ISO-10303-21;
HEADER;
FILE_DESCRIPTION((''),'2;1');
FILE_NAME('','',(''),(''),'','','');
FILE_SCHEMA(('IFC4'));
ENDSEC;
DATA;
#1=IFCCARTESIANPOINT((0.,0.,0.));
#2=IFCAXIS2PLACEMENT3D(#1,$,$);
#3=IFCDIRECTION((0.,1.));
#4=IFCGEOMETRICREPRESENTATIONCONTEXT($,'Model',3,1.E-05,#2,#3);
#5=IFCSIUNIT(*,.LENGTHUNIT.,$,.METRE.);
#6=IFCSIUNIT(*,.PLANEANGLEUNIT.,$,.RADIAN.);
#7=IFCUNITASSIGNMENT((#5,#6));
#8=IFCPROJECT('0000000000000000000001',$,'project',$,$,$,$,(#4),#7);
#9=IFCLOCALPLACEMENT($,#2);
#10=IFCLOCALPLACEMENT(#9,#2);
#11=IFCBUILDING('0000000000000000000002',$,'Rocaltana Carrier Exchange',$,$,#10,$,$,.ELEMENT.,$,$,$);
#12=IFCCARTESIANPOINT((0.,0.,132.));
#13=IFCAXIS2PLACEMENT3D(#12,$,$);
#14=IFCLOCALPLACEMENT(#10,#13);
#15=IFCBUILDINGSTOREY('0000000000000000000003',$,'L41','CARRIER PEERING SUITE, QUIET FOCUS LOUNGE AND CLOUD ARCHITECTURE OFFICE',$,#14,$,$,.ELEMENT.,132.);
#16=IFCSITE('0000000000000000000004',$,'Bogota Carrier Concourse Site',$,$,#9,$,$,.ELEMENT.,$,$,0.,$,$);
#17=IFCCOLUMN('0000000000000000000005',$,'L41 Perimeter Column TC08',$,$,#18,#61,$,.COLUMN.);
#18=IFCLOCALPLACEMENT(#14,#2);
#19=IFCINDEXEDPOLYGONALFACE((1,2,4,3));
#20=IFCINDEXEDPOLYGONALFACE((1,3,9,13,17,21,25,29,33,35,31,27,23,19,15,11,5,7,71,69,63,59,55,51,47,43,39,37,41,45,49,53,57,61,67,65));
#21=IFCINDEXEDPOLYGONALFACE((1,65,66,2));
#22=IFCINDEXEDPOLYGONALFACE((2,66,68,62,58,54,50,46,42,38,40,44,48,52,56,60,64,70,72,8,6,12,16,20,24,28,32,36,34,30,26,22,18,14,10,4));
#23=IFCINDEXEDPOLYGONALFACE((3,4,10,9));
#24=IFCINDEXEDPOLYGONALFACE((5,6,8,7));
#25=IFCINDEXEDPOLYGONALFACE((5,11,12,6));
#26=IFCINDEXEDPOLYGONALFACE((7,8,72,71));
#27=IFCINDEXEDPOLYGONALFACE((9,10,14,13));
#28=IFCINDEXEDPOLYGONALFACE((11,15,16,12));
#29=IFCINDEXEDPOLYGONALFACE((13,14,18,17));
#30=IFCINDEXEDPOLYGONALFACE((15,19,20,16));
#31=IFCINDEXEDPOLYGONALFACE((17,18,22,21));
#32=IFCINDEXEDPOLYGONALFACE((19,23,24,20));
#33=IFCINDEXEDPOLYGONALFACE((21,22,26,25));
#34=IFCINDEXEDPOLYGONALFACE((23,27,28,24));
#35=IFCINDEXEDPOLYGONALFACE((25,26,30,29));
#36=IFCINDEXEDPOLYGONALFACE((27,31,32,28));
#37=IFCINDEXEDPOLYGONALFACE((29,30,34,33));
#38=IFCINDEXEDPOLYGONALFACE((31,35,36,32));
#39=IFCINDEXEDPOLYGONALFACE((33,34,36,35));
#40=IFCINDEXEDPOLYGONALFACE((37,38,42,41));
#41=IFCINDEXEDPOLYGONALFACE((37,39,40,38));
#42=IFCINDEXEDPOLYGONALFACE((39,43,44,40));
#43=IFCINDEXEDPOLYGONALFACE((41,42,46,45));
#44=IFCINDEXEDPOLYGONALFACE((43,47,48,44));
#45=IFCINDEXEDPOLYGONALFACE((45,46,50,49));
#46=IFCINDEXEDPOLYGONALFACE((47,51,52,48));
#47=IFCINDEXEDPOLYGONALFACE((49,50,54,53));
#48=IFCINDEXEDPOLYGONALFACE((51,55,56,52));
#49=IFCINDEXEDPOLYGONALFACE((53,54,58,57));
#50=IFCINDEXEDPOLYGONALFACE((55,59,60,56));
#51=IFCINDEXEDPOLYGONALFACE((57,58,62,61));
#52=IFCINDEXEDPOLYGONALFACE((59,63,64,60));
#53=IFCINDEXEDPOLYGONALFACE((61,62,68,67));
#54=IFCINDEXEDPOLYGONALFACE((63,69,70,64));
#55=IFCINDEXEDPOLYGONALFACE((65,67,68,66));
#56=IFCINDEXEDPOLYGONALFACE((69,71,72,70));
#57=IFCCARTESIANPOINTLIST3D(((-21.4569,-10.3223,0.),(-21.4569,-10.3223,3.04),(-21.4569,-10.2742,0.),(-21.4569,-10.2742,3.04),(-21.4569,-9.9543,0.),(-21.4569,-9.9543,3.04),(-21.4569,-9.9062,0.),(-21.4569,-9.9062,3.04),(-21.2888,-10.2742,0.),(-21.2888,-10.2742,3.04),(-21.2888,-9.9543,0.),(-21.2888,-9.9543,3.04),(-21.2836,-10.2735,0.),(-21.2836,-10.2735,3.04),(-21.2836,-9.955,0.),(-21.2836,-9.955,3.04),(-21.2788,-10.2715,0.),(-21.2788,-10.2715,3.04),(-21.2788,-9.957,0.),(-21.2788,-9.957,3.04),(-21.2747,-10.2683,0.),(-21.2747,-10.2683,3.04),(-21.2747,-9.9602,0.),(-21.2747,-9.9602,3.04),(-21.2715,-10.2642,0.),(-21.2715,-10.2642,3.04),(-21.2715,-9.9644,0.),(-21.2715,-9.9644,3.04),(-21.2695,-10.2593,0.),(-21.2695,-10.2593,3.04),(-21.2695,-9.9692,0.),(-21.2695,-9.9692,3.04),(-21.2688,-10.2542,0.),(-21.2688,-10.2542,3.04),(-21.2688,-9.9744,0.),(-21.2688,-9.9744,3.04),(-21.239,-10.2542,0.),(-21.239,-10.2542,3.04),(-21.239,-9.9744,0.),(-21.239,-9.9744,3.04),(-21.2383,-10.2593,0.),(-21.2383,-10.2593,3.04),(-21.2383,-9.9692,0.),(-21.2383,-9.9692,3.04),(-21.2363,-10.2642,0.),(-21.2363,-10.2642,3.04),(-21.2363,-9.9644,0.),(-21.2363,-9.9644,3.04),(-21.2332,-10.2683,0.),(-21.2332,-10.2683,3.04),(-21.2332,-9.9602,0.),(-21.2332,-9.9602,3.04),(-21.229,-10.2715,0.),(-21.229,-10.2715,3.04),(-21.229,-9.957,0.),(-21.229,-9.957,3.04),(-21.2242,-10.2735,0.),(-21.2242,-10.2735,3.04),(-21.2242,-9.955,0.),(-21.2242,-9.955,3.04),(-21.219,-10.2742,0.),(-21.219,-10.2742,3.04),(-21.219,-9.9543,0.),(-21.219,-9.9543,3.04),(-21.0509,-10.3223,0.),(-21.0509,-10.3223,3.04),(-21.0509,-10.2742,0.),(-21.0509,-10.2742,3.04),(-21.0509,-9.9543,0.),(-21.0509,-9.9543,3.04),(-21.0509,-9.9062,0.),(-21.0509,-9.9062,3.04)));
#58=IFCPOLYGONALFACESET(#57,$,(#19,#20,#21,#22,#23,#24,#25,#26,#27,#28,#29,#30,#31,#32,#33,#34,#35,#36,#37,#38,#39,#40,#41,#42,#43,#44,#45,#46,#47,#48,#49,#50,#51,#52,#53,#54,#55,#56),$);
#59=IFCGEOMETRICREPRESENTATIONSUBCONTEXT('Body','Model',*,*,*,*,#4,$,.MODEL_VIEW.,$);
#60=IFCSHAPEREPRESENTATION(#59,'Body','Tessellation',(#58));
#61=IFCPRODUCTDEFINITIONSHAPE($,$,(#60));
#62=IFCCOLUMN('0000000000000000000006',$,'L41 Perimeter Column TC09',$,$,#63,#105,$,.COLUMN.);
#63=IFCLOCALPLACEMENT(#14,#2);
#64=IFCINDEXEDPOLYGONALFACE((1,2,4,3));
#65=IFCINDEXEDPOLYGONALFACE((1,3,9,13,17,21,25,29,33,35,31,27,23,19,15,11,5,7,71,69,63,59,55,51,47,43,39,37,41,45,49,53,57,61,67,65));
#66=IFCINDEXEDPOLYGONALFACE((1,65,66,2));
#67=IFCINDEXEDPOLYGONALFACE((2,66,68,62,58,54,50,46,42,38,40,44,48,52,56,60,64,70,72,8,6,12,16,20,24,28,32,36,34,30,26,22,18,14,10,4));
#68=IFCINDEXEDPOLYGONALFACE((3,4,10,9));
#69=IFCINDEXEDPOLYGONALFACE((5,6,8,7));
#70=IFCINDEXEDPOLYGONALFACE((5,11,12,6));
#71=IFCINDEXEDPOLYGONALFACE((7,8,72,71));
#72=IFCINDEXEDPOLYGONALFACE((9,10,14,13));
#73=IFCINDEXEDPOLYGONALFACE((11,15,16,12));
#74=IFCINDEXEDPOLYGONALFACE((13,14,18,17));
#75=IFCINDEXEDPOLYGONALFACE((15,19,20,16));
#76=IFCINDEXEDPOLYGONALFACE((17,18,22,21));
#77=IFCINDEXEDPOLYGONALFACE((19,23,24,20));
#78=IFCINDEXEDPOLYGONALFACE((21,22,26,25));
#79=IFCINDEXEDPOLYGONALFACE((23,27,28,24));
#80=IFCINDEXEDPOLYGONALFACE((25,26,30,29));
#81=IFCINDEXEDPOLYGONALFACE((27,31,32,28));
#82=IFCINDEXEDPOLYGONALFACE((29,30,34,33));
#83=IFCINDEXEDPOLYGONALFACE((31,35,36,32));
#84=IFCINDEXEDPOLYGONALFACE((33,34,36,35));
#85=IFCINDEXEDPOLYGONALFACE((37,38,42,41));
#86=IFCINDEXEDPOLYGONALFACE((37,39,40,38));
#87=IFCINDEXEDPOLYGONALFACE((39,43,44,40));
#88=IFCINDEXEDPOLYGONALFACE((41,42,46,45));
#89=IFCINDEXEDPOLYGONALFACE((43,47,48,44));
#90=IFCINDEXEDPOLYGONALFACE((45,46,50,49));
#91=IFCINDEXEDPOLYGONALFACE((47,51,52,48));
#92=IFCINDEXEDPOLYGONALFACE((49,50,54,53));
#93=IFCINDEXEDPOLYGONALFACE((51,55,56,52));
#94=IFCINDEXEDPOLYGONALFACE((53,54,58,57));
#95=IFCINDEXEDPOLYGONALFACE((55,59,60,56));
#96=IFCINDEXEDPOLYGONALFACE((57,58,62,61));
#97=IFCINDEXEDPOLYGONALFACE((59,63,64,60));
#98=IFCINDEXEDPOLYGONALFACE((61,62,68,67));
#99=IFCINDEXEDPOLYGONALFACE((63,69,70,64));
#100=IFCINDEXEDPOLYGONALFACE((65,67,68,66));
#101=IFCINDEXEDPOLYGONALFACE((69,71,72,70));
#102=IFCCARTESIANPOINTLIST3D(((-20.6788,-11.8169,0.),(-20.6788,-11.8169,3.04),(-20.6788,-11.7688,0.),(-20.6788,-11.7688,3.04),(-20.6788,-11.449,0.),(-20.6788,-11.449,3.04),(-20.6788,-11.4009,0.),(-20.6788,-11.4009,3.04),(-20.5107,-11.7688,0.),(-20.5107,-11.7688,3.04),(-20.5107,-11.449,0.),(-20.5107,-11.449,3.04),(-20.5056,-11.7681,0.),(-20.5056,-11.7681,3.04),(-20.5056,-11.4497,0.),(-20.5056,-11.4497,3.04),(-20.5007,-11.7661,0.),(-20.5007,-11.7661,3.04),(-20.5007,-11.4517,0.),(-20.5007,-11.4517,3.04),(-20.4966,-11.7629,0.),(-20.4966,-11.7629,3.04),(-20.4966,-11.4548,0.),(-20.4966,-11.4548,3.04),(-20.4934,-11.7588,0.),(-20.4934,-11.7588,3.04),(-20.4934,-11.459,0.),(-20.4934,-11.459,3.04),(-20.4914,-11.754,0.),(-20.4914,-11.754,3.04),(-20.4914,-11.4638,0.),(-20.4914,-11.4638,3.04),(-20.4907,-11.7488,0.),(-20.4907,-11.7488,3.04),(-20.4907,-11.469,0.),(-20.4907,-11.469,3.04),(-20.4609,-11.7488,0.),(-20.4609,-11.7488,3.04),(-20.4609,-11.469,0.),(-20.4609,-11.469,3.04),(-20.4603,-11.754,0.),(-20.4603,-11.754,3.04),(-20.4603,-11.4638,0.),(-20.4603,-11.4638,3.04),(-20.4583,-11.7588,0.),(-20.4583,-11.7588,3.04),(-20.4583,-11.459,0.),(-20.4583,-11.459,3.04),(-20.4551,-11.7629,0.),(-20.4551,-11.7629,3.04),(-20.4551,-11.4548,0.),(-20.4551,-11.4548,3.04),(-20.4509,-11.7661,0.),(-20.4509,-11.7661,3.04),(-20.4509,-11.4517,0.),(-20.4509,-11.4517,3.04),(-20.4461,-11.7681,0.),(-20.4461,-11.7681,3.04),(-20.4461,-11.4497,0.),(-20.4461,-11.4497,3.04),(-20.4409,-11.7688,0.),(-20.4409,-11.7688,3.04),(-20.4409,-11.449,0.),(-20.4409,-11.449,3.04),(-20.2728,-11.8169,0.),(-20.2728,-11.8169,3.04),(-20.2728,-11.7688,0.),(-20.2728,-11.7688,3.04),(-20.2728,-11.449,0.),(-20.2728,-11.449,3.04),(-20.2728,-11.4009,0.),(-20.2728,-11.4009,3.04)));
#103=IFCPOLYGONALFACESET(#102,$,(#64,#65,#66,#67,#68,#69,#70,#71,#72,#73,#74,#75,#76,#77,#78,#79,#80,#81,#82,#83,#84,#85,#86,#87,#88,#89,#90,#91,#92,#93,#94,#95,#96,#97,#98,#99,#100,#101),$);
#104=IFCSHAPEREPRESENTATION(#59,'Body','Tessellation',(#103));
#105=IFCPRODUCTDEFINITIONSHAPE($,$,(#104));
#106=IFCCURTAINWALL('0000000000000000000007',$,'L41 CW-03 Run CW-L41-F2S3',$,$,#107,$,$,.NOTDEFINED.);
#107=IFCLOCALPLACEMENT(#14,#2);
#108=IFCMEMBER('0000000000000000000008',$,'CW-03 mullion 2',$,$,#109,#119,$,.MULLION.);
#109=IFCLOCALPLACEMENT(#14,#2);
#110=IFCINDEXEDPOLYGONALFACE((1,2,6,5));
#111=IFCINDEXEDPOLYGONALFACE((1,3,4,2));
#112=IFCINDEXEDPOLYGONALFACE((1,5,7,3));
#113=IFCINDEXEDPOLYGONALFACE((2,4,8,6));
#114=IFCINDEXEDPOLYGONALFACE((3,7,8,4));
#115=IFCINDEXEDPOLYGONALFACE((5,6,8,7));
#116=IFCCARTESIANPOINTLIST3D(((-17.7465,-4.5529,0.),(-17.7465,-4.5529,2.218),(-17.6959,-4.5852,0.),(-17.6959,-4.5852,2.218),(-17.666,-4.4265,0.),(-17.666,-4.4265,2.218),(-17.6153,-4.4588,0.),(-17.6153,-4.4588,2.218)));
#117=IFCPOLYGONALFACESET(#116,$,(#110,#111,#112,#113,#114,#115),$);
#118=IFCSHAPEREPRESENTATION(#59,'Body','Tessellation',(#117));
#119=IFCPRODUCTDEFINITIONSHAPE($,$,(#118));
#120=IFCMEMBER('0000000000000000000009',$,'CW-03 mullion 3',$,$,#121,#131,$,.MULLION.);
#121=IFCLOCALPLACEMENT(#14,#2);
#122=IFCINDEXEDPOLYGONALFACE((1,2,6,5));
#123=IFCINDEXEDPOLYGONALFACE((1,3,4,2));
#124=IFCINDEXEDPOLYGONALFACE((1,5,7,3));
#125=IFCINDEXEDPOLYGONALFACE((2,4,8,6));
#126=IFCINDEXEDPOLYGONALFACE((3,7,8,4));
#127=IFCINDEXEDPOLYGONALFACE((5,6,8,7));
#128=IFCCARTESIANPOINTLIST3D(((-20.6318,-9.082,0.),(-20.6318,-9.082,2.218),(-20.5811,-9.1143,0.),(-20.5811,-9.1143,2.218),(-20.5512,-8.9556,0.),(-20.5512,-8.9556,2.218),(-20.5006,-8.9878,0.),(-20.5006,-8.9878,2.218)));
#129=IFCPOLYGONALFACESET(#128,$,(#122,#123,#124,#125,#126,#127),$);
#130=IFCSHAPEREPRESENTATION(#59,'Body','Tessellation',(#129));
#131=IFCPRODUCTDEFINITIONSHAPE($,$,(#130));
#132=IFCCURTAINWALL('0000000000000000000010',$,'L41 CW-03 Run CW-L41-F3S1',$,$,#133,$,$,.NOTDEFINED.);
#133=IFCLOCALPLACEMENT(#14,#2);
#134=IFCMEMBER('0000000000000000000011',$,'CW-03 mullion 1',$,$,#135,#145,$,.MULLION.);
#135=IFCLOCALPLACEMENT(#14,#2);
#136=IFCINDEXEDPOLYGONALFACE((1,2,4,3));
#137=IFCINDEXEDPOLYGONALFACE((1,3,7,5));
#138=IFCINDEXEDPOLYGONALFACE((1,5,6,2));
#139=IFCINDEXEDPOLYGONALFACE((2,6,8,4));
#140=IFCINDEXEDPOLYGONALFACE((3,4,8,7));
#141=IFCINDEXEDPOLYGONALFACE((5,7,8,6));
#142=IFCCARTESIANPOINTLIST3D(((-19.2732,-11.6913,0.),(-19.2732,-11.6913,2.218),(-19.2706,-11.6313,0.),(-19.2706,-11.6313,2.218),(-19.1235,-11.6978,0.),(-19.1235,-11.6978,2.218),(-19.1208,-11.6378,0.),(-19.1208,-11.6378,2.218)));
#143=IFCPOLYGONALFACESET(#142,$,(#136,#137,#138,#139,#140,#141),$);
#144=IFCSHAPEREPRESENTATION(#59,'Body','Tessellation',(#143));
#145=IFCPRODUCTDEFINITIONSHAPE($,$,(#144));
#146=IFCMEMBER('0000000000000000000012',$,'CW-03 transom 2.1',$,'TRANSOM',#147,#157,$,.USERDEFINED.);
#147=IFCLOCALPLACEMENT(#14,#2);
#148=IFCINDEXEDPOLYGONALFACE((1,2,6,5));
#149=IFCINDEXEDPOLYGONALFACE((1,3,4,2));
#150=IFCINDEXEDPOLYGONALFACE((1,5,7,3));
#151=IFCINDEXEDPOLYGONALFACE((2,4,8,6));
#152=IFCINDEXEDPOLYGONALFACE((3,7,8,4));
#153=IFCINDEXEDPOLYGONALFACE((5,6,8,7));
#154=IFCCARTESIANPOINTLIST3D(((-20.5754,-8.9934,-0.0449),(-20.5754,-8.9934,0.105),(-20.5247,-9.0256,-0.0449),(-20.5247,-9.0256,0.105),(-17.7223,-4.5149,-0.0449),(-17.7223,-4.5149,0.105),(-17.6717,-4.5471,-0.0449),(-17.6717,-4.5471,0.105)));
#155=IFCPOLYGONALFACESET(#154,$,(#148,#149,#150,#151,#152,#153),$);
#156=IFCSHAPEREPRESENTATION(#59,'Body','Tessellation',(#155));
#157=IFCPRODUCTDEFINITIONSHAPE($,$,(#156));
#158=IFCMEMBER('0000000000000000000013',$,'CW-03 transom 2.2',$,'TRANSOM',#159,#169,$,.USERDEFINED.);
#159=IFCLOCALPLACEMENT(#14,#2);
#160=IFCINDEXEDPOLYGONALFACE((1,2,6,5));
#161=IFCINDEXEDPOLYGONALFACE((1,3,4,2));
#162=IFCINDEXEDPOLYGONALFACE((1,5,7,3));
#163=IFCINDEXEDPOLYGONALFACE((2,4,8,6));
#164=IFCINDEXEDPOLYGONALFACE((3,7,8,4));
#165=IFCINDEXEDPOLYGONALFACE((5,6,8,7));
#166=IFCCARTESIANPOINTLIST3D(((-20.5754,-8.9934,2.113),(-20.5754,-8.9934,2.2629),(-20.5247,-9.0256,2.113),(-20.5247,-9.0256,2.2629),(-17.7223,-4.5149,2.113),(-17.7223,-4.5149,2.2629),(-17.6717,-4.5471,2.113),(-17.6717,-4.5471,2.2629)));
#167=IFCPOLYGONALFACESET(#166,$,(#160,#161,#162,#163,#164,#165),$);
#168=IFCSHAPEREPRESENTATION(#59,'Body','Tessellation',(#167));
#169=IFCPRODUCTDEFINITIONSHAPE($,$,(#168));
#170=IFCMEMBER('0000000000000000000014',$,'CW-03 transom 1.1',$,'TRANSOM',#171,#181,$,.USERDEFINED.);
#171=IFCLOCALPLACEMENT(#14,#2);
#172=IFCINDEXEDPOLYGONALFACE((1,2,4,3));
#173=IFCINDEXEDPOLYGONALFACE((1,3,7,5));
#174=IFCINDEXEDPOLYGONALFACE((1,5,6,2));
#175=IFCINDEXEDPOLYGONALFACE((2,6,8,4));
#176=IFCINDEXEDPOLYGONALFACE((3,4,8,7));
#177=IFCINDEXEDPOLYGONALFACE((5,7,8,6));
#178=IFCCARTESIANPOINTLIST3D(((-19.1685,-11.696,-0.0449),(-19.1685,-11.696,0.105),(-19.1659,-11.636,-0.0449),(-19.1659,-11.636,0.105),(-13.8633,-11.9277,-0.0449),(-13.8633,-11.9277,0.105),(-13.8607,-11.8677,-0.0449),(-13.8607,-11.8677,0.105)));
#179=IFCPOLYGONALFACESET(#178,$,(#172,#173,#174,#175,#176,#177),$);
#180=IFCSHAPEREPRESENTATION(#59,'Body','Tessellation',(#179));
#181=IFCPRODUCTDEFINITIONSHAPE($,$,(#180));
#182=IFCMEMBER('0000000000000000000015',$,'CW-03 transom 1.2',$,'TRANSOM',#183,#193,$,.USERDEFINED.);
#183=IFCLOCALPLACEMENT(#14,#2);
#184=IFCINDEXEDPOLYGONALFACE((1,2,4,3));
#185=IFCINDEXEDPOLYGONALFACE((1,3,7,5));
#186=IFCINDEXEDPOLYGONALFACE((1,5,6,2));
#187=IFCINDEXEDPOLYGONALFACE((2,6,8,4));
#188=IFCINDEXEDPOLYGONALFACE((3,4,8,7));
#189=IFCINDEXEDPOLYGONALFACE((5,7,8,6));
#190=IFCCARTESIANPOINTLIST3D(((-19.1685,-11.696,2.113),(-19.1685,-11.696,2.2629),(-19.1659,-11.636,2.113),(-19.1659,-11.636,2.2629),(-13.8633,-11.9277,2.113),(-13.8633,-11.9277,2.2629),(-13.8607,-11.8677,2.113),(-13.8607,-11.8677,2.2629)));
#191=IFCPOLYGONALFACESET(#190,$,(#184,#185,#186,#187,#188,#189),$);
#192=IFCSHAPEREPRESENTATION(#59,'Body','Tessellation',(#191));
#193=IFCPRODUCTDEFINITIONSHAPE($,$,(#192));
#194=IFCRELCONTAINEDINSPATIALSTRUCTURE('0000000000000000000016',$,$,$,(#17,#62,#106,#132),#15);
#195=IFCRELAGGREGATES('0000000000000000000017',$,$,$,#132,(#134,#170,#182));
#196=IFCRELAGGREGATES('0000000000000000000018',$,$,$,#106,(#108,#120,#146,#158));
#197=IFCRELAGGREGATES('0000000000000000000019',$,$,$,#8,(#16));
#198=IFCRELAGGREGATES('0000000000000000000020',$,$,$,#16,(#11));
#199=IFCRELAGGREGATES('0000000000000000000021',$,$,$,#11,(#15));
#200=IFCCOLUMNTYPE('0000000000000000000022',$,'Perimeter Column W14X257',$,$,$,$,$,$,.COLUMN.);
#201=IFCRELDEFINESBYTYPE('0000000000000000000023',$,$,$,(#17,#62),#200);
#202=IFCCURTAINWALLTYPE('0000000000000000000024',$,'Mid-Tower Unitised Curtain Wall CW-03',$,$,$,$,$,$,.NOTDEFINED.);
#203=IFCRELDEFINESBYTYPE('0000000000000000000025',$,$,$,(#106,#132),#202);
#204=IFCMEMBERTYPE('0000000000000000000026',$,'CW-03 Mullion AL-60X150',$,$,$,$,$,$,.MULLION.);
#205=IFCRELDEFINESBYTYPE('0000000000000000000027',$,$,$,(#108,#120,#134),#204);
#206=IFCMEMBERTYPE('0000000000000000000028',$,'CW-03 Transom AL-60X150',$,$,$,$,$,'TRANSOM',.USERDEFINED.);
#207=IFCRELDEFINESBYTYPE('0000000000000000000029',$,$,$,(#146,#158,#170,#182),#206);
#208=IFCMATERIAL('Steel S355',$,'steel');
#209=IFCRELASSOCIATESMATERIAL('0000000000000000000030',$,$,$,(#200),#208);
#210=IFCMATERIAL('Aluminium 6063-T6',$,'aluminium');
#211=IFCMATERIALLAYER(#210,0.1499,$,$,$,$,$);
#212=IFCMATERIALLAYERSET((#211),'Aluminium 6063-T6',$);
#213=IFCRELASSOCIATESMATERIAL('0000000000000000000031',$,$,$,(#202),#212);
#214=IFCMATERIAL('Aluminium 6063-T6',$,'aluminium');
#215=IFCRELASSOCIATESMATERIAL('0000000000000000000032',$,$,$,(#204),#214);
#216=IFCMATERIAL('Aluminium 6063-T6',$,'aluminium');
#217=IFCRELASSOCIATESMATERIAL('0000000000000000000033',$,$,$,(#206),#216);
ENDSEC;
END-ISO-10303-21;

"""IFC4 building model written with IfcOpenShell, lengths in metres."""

from ifc_helpers import new_model, si_unit, direction, frame, origin, origin_2d, place, context, subcontext, project, spatial, rectangle, i_section, extrude, material, layer, layer_set, material_profile, profile_set, type_object, element, aggregate, save


model = new_model("IFC4")

# Units and contexts
model_context = context("Model", 3, precision=1e-05, world=origin(), true_north=direction((0.0, 1.0)))
body_context = subcontext(model_context, "Body", "Model", "MODEL_VIEW")
ifc_project = project(units=[si_unit("LENGTHUNIT", "METRE"), si_unit("PLANEANGLEUNIT", "RADIAN")], contexts=[model_context])

# Site, building, storey
site_placement = place(None, origin())
site = spatial("IfcSite", under=ifc_project, at=site_placement, Name="Bogota Carrier Concourse Site", CompositionType="ELEMENT", RefElevation=0.0)
building_placement = place(site_placement, origin())
building = spatial("IfcBuilding", under=site, at=building_placement, Name="Rocaltana Carrier Exchange", CompositionType="ELEMENT")
storey_placement = place(building_placement, frame((0.0, 0.0, 132.0)))
storey = spatial("IfcBuildingStorey", under=building, at=storey_placement, Name="L41", Description="CARRIER PEERING SUITE, QUIET FOCUS LOUNGE AND CLOUD ARCHITECTURE OFFICE", CompositionType="ELEMENT", Elevation=132.0)

# Columns
ifc_material_1 = material(Name="Steel S355", Category="steel")
ifc_material_profile_1 = material_profile(ifc_material_1, i_section(OverallWidth=0.406, OverallDepth=0.416, WebThickness=0.0298, FlangeThickness=0.0481, FilletRadius=0.02, at=origin_2d()), Name="W14X257")
ifc_profile_set_1 = profile_set([ifc_material_profile_1], Name="Steel S355")
column_type = type_object("IfcColumnType", Name="Perimeter Column W14X257", PredefinedType="COLUMN", material=ifc_profile_set_1)
for number, where, z_axis, x_axis, name in (
    (1, (-21.2539, -10.1143, 0.0), (0.0, 0.0, 1.0), (1.0, 0.0, 0.0), "L41 Perimeter Column TC08"),
    (2, (-20.4758, -11.6089, 0.0), (0.0, 0.0, 1.0), (1.0, 0.0, 0.0), "L41 Perimeter Column TC09"),
):
    element("IfcColumn", number, at=place(storey_placement, frame(where, z_axis=z_axis, x_axis=x_axis)), inside=storey, type_object=column_type, Name=name, PredefinedType="COLUMN", context=body_context, shape_type="SweptSolid", body=[
        extrude(i_section(OverallWidth=0.406, OverallDepth=0.416, WebThickness=0.0298, FlangeThickness=0.0481, FilletRadius=0.02, at=origin_2d()), origin(), (0.0, 0.0, 1.0), 3.04),
    ])

# Curtain wall, members
ifc_material_2 = material(Name="Aluminium 6063-T6", Category="aluminium")
ifc_layer_1 = layer(ifc_material_2, 0.1499)
ifc_layer_set_1 = layer_set([ifc_layer_1], Name="Aluminium 6063-T6")
curtain_wall_type = type_object("IfcCurtainWallType", Name="Mid-Tower Unitised Curtain Wall CW-03", PredefinedType="NOTDEFINED", material=ifc_layer_set_1)
curtain_wall_1_placement = place(storey_placement, origin())
curtain_wall_1 = element("IfcCurtainWall", 3, at=curtain_wall_1_placement, inside=storey, type_object=curtain_wall_type, Name="L41 CW-03 Run CW-L41-F2S3", PredefinedType="NOTDEFINED")
ifc_material_3 = material(Name="Aluminium 6063-T6", Category="aluminium")
ifc_material_profile_2 = material_profile(ifc_material_3, rectangle(XDim=0.0601, YDim=0.1499, at=origin_2d()), Name="AL-60X150")
ifc_profile_set_2 = profile_set([ifc_material_profile_2], Name="Aluminium 6063-T6")
member_type_1 = type_object("IfcMemberType", Name="CW-03 Mullion AL-60X150", PredefinedType="MULLION", material=ifc_profile_set_2)
member_1_placement = place(storey_placement, frame((-17.6809, -4.5059, 0.0), z_axis=(0.0, 0.0, 1.0), x_axis=(0.843391, -0.537301, 0.0)))
member_1 = element("IfcMember", 4, at=member_1_placement, type_object=member_type_1, Name="CW-03 mullion 2", PredefinedType="MULLION", context=body_context, shape_type="SweptSolid", body=[
    extrude(rectangle(XDim=0.0601, YDim=0.1499, at=origin_2d()), origin(), (0.0, 0.0, 1.0), 2.218),
])
member_2_placement = place(storey_placement, frame((-20.5662, -9.0349, 0.0), z_axis=(0.0, 0.0, 1.0), x_axis=(0.843391, -0.537301, 0.0)))
member_2 = element("IfcMember", 5, at=member_2_placement, type_object=member_type_1, Name="CW-03 mullion 3", PredefinedType="MULLION", context=body_context, shape_type="SweptSolid", body=[
    extrude(rectangle(XDim=0.0601, YDim=0.1499, at=origin_2d()), origin(), (0.0, 0.0, 1.0), 2.218),
])

# Curtain wall, member
curtain_wall_2_placement = place(storey_placement, origin())
curtain_wall_2 = element("IfcCurtainWall", 6, at=curtain_wall_2_placement, inside=storey, type_object=curtain_wall_type, Name="L41 CW-03 Run CW-L41-F3S1", PredefinedType="NOTDEFINED")
member_3_placement = place(storey_placement, frame((-19.197, -11.6646, 0.0), z_axis=(0.0, 0.0, 1.0), x_axis=(0.043629, 0.999048, 0.0)))
member_3 = element("IfcMember", 7, at=member_3_placement, type_object=member_type_1, Name="CW-03 mullion 1", PredefinedType="MULLION", context=body_context, shape_type="SweptSolid", body=[
    extrude(rectangle(XDim=0.0601, YDim=0.1499, at=origin_2d()), origin(), (0.0, 0.0, 1.0), 2.218),
])

# Members
ifc_material_4 = material(Name="Aluminium 6063-T6", Category="aluminium")
ifc_material_profile_3 = material_profile(ifc_material_4, rectangle(XDim=0.0601, YDim=0.1499, at=origin_2d()), Name="AL-60X150")
ifc_profile_set_3 = profile_set([ifc_material_profile_3], Name="Aluminium 6063-T6")
member_type_2 = type_object("IfcMemberType", Name="CW-03 Transom AL-60X150", ElementType="TRANSOM", PredefinedType="USERDEFINED", material=ifc_profile_set_3)
member_4_placement = place(storey_placement, frame((-17.697, -4.531, 0.03), z_axis=(-0.537286, -0.8434, 0.0), x_axis=(0.8434, -0.537286, 0.0)))
member_4 = element("IfcMember", 8, at=member_4_placement, type_object=member_type_2, Name="CW-03 transom 2.1", ObjectType="TRANSOM", PredefinedType="USERDEFINED", context=body_context, shape_type="SweptSolid", body=[
    extrude(rectangle(XDim=0.0601, YDim=0.1499, at=origin_2d()), origin(), (0.0, 0.0, 1.0), 5.3101),
])
member_5_placement = place(storey_placement, frame((-17.697, -4.531, 2.188), z_axis=(-0.537286, -0.8434, 0.0), x_axis=(0.8434, -0.537286, 0.0)))
member_5 = element("IfcMember", 9, at=member_5_placement, type_object=member_type_2, Name="CW-03 transom 2.2", ObjectType="TRANSOM", PredefinedType="USERDEFINED", context=body_context, shape_type="SweptSolid", body=[
    extrude(rectangle(XDim=0.0601, YDim=0.1499, at=origin_2d()), origin(), (0.0, 0.0, 1.0), 5.3101),
])
member_6_placement = place(storey_placement, frame((-19.1672, -11.666, 0.03), z_axis=(0.999048, -0.043631, 0.0), x_axis=(0.043631, 0.999048, 0.0)))
member_6 = element("IfcMember", 10, at=member_6_placement, type_object=member_type_2, Name="CW-03 transom 1.1", ObjectType="TRANSOM", PredefinedType="USERDEFINED", context=body_context, shape_type="SweptSolid", body=[
    extrude(rectangle(XDim=0.0601, YDim=0.1499, at=origin_2d()), origin(), (0.0, 0.0, 1.0), 5.3103),
])
member_7_placement = place(storey_placement, frame((-19.1672, -11.666, 2.188), z_axis=(0.999048, -0.043631, 0.0), x_axis=(0.043631, 0.999048, 0.0)))
member_7 = element("IfcMember", 11, at=member_7_placement, type_object=member_type_2, Name="CW-03 transom 1.2", ObjectType="TRANSOM", PredefinedType="USERDEFINED", context=body_context, shape_type="SweptSolid", body=[
    extrude(rectangle(XDim=0.0601, YDim=0.1499, at=origin_2d()), origin(), (0.0, 0.0, 1.0), 5.3103),
])
aggregate(curtain_wall_2, [member_3, member_6, member_7])

aggregate(curtain_wall_1, [member_1, member_2, member_4, member_5])

save(model, "model.ifc")
